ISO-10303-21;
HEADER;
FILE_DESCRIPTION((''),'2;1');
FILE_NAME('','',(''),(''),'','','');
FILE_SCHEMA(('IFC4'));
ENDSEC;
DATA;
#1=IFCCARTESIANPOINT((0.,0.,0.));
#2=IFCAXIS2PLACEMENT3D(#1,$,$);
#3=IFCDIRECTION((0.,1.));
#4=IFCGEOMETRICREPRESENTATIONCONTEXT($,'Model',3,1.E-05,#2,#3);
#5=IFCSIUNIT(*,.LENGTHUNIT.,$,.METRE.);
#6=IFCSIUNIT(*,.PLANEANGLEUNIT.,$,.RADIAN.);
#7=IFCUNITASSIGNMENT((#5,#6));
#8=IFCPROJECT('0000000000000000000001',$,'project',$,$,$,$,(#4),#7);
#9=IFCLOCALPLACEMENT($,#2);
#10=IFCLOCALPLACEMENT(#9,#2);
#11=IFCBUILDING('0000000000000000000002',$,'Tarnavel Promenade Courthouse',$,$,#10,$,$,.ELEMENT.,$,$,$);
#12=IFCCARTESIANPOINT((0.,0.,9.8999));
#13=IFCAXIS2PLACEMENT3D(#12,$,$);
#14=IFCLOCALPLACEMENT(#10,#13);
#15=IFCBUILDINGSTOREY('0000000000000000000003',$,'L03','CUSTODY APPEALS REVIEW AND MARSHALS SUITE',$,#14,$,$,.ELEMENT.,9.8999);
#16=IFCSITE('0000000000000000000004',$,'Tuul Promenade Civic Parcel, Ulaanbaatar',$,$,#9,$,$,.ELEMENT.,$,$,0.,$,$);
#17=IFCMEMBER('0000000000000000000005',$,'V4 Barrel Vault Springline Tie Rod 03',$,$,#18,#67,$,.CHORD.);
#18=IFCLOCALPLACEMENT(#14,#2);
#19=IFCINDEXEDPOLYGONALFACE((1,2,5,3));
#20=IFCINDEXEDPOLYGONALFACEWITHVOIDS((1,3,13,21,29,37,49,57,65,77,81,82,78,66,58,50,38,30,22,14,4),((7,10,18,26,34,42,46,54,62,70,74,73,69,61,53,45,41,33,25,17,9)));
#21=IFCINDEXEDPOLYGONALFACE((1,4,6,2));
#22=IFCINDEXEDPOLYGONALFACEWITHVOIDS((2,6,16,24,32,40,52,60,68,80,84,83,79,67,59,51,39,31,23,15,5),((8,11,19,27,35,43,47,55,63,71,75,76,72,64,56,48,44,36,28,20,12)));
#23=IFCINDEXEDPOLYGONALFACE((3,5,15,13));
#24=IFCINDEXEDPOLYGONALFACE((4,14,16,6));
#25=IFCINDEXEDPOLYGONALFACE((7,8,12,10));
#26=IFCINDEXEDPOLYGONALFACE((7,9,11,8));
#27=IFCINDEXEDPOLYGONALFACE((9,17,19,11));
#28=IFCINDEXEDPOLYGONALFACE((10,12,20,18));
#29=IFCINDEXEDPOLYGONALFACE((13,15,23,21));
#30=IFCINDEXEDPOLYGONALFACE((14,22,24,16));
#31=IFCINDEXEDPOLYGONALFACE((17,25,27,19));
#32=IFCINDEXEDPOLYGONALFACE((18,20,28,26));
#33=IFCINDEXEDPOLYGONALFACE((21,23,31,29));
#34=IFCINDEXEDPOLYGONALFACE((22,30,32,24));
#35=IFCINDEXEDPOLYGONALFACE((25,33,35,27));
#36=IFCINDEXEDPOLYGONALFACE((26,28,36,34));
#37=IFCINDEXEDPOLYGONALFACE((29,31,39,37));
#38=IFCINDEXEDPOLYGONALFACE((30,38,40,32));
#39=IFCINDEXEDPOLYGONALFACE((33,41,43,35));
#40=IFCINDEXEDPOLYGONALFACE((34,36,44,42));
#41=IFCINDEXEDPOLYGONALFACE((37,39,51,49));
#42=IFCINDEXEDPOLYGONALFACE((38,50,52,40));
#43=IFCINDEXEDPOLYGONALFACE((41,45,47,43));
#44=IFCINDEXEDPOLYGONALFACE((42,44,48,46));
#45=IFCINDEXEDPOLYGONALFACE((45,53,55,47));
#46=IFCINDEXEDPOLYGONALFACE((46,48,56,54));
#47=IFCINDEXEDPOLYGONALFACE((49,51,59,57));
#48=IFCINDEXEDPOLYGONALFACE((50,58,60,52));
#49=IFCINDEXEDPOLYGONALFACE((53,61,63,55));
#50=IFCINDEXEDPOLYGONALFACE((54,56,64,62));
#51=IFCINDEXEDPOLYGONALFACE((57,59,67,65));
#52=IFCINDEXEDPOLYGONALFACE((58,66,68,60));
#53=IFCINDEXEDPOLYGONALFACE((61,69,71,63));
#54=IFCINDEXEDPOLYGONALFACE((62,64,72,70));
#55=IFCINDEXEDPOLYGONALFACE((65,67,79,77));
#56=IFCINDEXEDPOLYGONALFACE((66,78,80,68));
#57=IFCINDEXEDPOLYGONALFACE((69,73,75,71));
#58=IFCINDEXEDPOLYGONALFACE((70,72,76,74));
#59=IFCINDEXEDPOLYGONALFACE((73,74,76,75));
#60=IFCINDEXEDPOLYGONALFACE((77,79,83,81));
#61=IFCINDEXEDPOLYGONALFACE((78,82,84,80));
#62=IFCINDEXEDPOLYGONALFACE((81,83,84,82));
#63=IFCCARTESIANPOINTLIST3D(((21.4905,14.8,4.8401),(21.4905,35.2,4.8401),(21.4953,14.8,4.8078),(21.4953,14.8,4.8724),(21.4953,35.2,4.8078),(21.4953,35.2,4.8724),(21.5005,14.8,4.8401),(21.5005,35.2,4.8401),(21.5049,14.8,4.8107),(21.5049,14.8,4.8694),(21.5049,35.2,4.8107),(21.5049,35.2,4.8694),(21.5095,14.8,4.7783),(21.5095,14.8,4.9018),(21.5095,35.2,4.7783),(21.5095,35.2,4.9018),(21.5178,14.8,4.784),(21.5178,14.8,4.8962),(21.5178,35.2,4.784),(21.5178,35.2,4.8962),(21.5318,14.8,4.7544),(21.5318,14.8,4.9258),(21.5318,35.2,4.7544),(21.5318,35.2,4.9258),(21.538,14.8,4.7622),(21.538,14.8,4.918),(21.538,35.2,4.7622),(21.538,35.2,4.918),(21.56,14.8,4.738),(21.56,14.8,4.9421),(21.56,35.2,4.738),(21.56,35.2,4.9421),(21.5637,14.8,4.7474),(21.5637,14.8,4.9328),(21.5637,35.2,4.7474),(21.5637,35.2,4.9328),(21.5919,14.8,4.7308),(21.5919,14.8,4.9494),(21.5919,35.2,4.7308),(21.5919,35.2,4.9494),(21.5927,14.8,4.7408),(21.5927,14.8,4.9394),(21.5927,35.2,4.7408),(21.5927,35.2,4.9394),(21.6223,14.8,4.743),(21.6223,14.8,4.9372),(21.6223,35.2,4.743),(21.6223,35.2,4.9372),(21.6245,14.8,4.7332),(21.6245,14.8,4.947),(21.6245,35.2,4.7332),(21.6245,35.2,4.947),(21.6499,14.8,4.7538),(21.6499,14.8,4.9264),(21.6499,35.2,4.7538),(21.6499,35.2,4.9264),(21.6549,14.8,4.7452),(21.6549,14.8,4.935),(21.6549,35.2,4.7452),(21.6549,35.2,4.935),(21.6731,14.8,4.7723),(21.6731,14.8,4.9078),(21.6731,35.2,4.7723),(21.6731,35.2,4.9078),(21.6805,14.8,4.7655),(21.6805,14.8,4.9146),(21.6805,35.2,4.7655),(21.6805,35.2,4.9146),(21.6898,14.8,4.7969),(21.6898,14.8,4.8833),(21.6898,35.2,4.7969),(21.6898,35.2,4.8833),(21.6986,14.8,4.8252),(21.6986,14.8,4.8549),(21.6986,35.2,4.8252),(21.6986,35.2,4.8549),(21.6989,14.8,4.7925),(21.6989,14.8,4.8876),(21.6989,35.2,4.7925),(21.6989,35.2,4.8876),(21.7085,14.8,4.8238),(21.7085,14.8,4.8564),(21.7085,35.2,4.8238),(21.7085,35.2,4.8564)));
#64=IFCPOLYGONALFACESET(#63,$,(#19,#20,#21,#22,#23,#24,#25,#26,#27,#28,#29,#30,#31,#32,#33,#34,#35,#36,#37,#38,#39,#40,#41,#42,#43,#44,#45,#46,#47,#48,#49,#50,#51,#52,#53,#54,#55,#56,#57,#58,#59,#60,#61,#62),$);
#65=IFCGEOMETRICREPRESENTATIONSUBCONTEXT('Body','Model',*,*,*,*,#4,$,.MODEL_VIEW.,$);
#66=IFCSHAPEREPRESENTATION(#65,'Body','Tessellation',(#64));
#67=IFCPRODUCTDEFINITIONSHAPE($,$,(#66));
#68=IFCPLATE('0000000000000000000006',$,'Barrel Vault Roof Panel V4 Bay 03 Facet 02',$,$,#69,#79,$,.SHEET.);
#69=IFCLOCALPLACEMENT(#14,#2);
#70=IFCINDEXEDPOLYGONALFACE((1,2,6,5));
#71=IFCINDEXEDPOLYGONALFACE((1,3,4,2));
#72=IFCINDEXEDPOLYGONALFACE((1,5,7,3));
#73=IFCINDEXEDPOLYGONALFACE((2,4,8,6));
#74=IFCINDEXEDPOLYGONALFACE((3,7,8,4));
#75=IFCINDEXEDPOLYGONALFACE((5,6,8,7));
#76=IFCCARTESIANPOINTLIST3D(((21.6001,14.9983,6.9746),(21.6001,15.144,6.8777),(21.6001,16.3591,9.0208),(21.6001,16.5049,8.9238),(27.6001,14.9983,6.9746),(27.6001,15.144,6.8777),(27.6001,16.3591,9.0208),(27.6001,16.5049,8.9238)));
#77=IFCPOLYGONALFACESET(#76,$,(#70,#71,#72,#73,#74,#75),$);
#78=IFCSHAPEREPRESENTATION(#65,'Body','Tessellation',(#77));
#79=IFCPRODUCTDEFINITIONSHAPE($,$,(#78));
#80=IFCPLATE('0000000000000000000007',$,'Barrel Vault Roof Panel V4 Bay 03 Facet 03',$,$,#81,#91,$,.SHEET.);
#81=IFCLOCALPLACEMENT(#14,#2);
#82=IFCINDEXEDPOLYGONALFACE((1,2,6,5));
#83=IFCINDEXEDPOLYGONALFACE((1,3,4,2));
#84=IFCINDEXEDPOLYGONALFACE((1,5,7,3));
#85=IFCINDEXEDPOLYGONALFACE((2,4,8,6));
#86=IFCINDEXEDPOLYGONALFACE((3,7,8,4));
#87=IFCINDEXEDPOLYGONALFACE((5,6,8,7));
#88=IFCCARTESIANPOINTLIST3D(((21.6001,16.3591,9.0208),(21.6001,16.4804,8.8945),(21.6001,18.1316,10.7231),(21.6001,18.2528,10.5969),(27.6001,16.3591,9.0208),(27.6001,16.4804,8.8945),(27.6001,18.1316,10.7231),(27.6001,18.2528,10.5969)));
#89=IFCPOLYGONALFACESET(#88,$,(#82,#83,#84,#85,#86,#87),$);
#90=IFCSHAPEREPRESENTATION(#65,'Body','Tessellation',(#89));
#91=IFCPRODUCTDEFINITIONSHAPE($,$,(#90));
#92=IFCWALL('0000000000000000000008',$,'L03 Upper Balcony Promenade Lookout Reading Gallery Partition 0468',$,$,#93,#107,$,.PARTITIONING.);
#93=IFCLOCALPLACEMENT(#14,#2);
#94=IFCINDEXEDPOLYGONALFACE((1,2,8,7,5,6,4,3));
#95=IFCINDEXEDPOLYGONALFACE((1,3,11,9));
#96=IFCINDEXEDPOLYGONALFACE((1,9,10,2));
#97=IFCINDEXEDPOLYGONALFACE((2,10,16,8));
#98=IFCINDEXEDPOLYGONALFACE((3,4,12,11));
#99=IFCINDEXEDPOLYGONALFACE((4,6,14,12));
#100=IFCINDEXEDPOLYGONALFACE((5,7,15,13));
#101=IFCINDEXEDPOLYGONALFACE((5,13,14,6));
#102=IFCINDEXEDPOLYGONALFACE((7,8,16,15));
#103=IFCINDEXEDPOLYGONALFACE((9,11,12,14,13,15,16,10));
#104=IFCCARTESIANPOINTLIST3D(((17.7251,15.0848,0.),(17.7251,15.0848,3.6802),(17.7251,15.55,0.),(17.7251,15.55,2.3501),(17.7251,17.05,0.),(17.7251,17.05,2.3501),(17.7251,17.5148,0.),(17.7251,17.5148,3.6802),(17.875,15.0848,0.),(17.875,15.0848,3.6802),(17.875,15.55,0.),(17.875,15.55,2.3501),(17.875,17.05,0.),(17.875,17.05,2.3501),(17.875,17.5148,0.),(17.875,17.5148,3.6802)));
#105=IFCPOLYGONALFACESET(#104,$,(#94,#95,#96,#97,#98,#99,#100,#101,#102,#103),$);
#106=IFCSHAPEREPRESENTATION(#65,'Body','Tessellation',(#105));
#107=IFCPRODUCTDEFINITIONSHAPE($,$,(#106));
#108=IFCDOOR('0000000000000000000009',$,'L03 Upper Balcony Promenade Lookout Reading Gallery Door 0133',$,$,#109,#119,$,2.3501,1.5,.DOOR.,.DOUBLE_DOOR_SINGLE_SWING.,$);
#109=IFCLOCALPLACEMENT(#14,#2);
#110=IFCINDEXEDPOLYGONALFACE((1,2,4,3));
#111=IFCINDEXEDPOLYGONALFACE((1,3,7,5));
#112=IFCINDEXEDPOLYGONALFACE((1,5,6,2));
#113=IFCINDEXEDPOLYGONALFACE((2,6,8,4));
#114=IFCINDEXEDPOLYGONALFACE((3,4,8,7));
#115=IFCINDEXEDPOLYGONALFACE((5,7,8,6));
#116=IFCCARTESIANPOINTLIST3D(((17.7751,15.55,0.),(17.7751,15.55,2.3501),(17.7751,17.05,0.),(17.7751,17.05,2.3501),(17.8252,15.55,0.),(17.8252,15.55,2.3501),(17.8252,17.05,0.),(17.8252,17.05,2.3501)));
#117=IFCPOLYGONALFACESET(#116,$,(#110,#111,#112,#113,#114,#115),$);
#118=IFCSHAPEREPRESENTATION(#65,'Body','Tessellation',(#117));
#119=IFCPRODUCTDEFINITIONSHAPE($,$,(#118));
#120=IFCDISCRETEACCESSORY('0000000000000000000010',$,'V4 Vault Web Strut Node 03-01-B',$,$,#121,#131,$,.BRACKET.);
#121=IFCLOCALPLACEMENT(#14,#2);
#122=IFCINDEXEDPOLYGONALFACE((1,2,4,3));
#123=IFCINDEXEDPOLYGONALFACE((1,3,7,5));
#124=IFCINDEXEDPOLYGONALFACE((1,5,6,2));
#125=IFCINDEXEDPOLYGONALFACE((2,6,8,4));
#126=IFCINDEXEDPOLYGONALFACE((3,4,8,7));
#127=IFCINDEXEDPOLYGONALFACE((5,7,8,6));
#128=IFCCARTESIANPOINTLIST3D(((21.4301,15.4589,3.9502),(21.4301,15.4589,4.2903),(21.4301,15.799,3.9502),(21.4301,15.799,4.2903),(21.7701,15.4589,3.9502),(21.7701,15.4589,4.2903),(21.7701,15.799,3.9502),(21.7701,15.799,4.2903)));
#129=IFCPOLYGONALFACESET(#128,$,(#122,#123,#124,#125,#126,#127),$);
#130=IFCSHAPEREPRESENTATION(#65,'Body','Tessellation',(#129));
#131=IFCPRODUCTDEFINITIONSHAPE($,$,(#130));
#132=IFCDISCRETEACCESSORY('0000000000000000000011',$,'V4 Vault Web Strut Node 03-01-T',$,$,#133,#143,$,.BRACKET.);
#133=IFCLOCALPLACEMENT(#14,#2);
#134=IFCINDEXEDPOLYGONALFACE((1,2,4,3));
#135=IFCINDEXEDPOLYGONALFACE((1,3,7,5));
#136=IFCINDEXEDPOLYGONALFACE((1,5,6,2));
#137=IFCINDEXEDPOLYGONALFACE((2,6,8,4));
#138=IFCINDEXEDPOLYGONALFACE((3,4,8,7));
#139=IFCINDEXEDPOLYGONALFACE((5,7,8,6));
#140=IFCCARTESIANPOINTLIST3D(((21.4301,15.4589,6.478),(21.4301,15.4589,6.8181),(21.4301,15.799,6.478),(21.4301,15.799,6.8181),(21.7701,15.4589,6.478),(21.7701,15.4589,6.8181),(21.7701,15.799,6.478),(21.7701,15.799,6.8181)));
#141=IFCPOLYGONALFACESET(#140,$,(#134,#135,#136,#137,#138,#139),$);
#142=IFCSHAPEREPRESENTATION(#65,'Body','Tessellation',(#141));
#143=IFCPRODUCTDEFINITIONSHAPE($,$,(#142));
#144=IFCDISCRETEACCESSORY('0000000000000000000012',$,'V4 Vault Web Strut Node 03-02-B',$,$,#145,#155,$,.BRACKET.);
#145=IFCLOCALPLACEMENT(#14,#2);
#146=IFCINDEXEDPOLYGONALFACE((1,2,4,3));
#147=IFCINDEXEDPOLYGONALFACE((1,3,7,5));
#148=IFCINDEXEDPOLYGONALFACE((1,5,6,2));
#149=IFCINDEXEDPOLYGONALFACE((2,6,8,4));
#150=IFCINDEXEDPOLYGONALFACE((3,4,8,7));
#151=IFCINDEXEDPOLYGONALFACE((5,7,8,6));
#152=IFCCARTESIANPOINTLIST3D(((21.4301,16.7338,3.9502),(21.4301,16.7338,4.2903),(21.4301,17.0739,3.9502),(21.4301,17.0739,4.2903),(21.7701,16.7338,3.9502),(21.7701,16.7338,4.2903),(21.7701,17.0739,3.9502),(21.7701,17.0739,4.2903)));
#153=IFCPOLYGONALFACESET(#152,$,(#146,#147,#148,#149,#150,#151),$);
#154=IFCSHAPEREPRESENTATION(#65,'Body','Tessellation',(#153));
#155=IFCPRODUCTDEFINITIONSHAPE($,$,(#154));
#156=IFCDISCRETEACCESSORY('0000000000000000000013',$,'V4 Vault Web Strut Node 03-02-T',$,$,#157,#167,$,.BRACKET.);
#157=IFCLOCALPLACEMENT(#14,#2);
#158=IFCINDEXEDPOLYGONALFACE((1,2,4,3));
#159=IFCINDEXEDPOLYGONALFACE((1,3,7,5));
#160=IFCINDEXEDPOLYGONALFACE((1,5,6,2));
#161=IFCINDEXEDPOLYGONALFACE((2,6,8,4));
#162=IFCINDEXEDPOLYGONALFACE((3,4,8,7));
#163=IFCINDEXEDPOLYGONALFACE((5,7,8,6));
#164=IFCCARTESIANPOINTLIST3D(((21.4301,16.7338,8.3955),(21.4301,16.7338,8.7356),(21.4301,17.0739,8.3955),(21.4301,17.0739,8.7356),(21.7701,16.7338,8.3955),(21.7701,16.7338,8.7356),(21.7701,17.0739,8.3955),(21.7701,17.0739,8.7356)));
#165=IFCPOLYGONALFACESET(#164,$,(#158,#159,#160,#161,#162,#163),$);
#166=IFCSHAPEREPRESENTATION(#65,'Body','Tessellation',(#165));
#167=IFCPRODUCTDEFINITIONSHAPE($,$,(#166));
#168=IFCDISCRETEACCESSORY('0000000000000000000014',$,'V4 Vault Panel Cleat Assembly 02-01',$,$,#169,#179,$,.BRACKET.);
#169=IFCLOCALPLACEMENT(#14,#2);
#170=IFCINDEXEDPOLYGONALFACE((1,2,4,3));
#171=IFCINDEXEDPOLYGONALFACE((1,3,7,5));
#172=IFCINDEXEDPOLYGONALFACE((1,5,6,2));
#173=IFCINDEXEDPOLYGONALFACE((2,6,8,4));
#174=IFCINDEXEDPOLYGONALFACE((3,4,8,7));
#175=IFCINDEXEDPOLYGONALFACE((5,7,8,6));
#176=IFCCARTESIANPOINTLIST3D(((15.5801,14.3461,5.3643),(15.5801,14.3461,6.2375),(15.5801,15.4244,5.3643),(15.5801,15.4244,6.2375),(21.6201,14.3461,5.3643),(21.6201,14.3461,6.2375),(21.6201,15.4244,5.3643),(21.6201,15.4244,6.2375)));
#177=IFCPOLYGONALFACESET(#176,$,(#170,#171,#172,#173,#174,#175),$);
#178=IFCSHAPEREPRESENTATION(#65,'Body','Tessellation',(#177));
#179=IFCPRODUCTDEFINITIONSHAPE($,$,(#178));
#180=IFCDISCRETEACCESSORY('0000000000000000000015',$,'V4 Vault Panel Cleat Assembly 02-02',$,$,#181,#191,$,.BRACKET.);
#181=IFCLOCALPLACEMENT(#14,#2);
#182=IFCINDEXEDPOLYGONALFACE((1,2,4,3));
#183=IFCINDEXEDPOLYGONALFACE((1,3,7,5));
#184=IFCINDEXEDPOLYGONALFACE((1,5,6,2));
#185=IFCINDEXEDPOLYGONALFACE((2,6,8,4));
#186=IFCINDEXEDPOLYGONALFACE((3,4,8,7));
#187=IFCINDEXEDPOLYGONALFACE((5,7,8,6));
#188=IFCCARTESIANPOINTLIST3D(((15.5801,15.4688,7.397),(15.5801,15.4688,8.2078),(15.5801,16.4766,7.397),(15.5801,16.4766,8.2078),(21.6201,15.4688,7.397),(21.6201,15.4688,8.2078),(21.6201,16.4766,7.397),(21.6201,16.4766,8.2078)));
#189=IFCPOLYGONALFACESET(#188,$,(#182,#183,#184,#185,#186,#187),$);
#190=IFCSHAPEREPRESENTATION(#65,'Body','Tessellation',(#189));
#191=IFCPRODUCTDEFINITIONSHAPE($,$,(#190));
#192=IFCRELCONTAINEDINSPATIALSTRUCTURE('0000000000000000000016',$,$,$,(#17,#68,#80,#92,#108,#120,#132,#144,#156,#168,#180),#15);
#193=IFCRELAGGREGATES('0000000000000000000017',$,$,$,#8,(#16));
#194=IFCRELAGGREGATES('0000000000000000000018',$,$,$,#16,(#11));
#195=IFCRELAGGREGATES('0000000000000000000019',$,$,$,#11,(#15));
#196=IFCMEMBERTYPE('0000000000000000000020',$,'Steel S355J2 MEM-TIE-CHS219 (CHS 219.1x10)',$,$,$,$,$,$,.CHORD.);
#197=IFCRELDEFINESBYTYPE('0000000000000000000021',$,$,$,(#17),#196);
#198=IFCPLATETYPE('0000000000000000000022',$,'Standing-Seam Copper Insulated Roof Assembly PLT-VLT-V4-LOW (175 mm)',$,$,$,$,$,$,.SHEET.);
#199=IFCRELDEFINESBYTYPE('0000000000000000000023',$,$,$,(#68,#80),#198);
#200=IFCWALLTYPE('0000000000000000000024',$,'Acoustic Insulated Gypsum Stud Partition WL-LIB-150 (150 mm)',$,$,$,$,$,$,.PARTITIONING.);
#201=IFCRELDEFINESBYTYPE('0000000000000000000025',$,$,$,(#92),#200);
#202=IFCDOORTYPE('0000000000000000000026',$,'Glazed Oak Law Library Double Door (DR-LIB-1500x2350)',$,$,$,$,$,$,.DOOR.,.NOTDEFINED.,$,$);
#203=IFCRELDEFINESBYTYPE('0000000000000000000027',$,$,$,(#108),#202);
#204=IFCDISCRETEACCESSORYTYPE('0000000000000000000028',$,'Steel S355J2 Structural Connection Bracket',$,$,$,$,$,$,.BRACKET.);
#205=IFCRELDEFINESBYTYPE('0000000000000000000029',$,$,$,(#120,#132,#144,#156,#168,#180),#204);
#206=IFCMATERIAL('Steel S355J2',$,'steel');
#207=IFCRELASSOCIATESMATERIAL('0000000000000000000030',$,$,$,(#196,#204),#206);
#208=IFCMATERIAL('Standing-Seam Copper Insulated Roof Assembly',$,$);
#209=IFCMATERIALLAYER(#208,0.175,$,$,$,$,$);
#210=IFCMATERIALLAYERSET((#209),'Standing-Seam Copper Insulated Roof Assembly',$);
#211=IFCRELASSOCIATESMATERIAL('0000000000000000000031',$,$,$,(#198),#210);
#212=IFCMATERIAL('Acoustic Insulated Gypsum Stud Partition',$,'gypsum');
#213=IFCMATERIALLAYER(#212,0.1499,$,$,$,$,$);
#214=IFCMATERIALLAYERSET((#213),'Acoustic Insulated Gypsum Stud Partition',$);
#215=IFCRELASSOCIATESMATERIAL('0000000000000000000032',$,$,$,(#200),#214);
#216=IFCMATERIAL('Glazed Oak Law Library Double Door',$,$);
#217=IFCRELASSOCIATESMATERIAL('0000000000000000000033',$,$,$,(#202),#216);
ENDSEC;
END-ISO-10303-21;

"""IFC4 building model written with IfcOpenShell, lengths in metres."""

from ifc_helpers import new_model, si_unit, direction, frame, frame_2d, origin, origin_2d, place, context, subcontext, project, spatial, polyline, rectangle, hollow_circle, outline, extrude, material, layer, layer_set, material_profile, profile_set, type_object, element, fill, save


model = new_model("IFC4")

# Units and contexts
model_context = context("Model", 3, precision=1e-05, world=origin(), true_north=direction((0.0, 1.0)))
body_context = subcontext(model_context, "Body", "Model", "MODEL_VIEW")
ifc_project = project(units=[si_unit("LENGTHUNIT", "METRE"), si_unit("PLANEANGLEUNIT", "RADIAN")], contexts=[model_context])

# Site, building, storey
site_placement = place(None, origin())
site = spatial("IfcSite", under=ifc_project, at=site_placement, Name="Tuul Promenade Civic Parcel, Ulaanbaatar", CompositionType="ELEMENT", RefElevation=0.0)
building_placement = place(site_placement, origin())
building = spatial("IfcBuilding", under=site, at=building_placement, Name="Tarnavel Promenade Courthouse", CompositionType="ELEMENT")
storey_placement = place(building_placement, frame((0.0, 0.0, 9.8999)))
storey = spatial("IfcBuildingStorey", under=building, at=storey_placement, Name="L03", Description="CUSTODY APPEALS REVIEW AND MARSHALS SUITE", CompositionType="ELEMENT", Elevation=9.8999)

# Shared definitions
ifc_material_1 = material(Name="Steel S355J2", Category="steel")

# Member
ifc_material_profile_1 = material_profile(ifc_material_1, hollow_circle(Radius=0.1096, WallThickness=0.01, at=origin_2d()), Name="CHS 219.1x10")
ifc_profile_set_1 = profile_set([ifc_material_profile_1], Name="Steel S355J2")
member_type_1 = type_object("IfcMemberType", Name="Steel S355J2 MEM-TIE-CHS219 (CHS 219.1x10)", PredefinedType="CHORD", material=ifc_profile_set_1)
member_1_placement = place(storey_placement, frame((21.6001, 14.8, 4.8401), z_axis=(0.0, 1.0, 0.0), x_axis=(-1.0, 0.0, 0.0)))
element("IfcMember", 1, at=member_1_placement, inside=storey, type_object=member_type_1, Name="V4 Barrel Vault Springline Tie Rod 03", PredefinedType="CHORD", context=body_context, shape_type="SweptSolid", body=[
    extrude(hollow_circle(Radius=0.1096, WallThickness=0.01, at=origin_2d()), origin(), (0.0, 0.0, 1.0), 20.3999),
])

# Plates
ifc_material_2 = material(Name="Standing-Seam Copper Insulated Roof Assembly")
ifc_layer_1 = layer(ifc_material_2, 0.175)
ifc_layer_set_1 = layer_set([ifc_layer_1], Name="Standing-Seam Copper Insulated Roof Assembly")
plate_type = type_object("IfcPlateType", Name="Standing-Seam Copper Insulated Roof Assembly PLT-VLT-V4-LOW (175 mm)", PredefinedType="SHEET", material=ifc_layer_set_1)
plate_1_placement = place(storey_placement, frame((21.6001, 14.9983, 6.9746), z_axis=(0.0, -0.832661, 0.553783), x_axis=(1.0, 0.0, 0.0)))
element("IfcPlate", 2, at=plate_1_placement, inside=storey, type_object=plate_type, Name="Barrel Vault Roof Panel V4 Bay 03 Facet 02", PredefinedType="SHEET", context=body_context, shape_type="SweptSolid", body=[
    extrude(outline(polyline([(0.0, 0.0), (6.0, 0.0), (6.0, 2.4574), (0.0, 2.4574), (0.0, 0.0)])), origin(), (0.0, 0.0, -1.0), 0.175),
])
plate_2_placement = place(storey_placement, frame((21.6001, 16.3591, 9.0208), z_axis=(0.0, -0.692708, 0.721219), x_axis=(1.0, 0.0, 0.0)))
element("IfcPlate", 3, at=plate_2_placement, inside=storey, type_object=plate_type, Name="Barrel Vault Roof Panel V4 Bay 03 Facet 03", PredefinedType="SHEET", context=body_context, shape_type="SweptSolid", body=[
    extrude(outline(polyline([(0.0, 0.0), (6.0, 0.0), (6.0, 2.4576), (0.0, 2.4576), (0.0, 0.0)])), origin(), (0.0, 0.0, -1.0), 0.175),
])

# Wall, opening, door
ifc_material_3 = material(Name="Acoustic Insulated Gypsum Stud Partition", Category="gypsum")
ifc_layer_2 = layer(ifc_material_3, 0.1499)
ifc_layer_set_2 = layer_set([ifc_layer_2], Name="Acoustic Insulated Gypsum Stud Partition")
wall_type = type_object("IfcWallType", Name="Acoustic Insulated Gypsum Stud Partition WL-LIB-150 (150 mm)", PredefinedType="PARTITIONING", material=ifc_layer_set_2)
wall_placement = place(storey_placement, frame((17.8, 15.085, 0.0), z_axis=(0.0, 0.0, 1.0), x_axis=(0.0, 1.0, 0.0)))
wall = element("IfcWall", 4, at=wall_placement, inside=storey, type_object=wall_type, Name="L03 Upper Balcony Promenade Lookout Reading Gallery Partition 0468", PredefinedType="PARTITIONING", context=body_context, shape_type="SweptSolid", body=[
    extrude(rectangle(XDim=2.4299, YDim=0.1499, at=frame_2d((1.2148, 0.0))), origin(), (0.0, 0.0, 1.0), 3.6802),
])
opening_placement = place(wall_placement, frame((0.4651, 0.0, 0.0)))
opening = element("IfcOpeningElement", 5, at=opening_placement, cuts=wall, PredefinedType="OPENING", context=body_context, shape_type="SweptSolid", body=[
    extrude(rectangle(XDim=1.5, YDim=2.3501, at=frame_2d((0.75, 1.175))), frame((0.0, 0.085, 0.0), z_axis=(0.0, -1.0, 0.0), x_axis=(1.0, 0.0, 0.0)), (0.0, 0.0, 1.0), 0.1699),
])
ifc_material_4 = material(Name="Glazed Oak Law Library Double Door")
door_type = type_object("IfcDoorType", Name="Glazed Oak Law Library Double Door (DR-LIB-1500x2350)", OperationType="NOTDEFINED", PredefinedType="DOOR", material=ifc_material_4)
door_placement = place(opening_placement, origin())
door = element("IfcDoor", 6, at=door_placement, inside=storey, type_object=door_type, Name="L03 Upper Balcony Promenade Lookout Reading Gallery Door 0133", OperationType="DOUBLE_DOOR_SINGLE_SWING", OverallHeight=2.3501, OverallWidth=1.5, PredefinedType="DOOR", context=body_context, shape_type="SweptSolid", body=[
    extrude(rectangle(XDim=1.5, YDim=2.3501, at=frame_2d((0.75, 1.175))), frame((0.0, 0.0249, 0.0), z_axis=(0.0, -1.0, 0.0), x_axis=(1.0, 0.0, 0.0)), (0.0, 0.0, 1.0), 0.05),
])
fill(opening, door)

# Discrete accessories
discrete_accessory_type = type_object("IfcDiscreteAccessoryType", Name="Steel S355J2 Structural Connection Bracket", PredefinedType="BRACKET", material=ifc_material_1)
for number, where, z_axis, x_axis, name in (
    (7, (21.6001, 15.6289, 3.9502), (0.0, 0.0, 1.0), (1.0, 0.0, 0.0), "V4 Vault Web Strut Node 03-01-B"),
    (8, (21.6001, 15.6289, 6.478), (0.0, 0.0, 1.0), (1.0, 0.0, 0.0), "V4 Vault Web Strut Node 03-01-T"),
    (9, (21.6001, 16.9038, 3.9502), (0.0, 0.0, 1.0), (1.0, 0.0, 0.0), "V4 Vault Web Strut Node 03-02-B"),
    (10, (21.6001, 16.9038, 8.3955), (0.0, 0.0, 1.0), (1.0, 0.0, 0.0), "V4 Vault Web Strut Node 03-02-T"),
):
    element("IfcDiscreteAccessory", number, at=place(storey_placement, frame(where, z_axis=z_axis, x_axis=x_axis)), inside=storey, type_object=discrete_accessory_type, Name=name, PredefinedType="BRACKET", context=body_context, shape_type="SweptSolid", body=[
        extrude(rectangle(XDim=0.3401, YDim=0.3401, at=origin_2d()), origin(), (0.0, 0.0, 1.0), 0.3401),
    ])
discrete_accessory_1_placement = place(storey_placement, frame((18.6001, 14.8853, 5.3643), z_axis=(0.0, 0.0, 1.0), x_axis=(1.0, 0.0, 0.0)))
element("IfcDiscreteAccessory", 11, at=discrete_accessory_1_placement, inside=storey, type_object=discrete_accessory_type, Name="V4 Vault Panel Cleat Assembly 02-01", PredefinedType="BRACKET", context=body_context, shape_type="SweptSolid", body=[
    extrude(rectangle(XDim=6.04, YDim=1.0784, at=origin_2d()), origin(), (0.0, 0.0, 1.0), 0.8733),
])
discrete_accessory_2_placement = place(storey_placement, frame((18.6001, 15.9727, 7.397), z_axis=(0.0, 0.0, 1.0), x_axis=(1.0, 0.0, 0.0)))
element("IfcDiscreteAccessory", 12, at=discrete_accessory_2_placement, inside=storey, type_object=discrete_accessory_type, Name="V4 Vault Panel Cleat Assembly 02-02", PredefinedType="BRACKET", context=body_context, shape_type="SweptSolid", body=[
    extrude(rectangle(XDim=6.04, YDim=1.0078, at=origin_2d()), origin(), (0.0, 0.0, 1.0), 0.8108),
])

save(model, "model.ifc")
